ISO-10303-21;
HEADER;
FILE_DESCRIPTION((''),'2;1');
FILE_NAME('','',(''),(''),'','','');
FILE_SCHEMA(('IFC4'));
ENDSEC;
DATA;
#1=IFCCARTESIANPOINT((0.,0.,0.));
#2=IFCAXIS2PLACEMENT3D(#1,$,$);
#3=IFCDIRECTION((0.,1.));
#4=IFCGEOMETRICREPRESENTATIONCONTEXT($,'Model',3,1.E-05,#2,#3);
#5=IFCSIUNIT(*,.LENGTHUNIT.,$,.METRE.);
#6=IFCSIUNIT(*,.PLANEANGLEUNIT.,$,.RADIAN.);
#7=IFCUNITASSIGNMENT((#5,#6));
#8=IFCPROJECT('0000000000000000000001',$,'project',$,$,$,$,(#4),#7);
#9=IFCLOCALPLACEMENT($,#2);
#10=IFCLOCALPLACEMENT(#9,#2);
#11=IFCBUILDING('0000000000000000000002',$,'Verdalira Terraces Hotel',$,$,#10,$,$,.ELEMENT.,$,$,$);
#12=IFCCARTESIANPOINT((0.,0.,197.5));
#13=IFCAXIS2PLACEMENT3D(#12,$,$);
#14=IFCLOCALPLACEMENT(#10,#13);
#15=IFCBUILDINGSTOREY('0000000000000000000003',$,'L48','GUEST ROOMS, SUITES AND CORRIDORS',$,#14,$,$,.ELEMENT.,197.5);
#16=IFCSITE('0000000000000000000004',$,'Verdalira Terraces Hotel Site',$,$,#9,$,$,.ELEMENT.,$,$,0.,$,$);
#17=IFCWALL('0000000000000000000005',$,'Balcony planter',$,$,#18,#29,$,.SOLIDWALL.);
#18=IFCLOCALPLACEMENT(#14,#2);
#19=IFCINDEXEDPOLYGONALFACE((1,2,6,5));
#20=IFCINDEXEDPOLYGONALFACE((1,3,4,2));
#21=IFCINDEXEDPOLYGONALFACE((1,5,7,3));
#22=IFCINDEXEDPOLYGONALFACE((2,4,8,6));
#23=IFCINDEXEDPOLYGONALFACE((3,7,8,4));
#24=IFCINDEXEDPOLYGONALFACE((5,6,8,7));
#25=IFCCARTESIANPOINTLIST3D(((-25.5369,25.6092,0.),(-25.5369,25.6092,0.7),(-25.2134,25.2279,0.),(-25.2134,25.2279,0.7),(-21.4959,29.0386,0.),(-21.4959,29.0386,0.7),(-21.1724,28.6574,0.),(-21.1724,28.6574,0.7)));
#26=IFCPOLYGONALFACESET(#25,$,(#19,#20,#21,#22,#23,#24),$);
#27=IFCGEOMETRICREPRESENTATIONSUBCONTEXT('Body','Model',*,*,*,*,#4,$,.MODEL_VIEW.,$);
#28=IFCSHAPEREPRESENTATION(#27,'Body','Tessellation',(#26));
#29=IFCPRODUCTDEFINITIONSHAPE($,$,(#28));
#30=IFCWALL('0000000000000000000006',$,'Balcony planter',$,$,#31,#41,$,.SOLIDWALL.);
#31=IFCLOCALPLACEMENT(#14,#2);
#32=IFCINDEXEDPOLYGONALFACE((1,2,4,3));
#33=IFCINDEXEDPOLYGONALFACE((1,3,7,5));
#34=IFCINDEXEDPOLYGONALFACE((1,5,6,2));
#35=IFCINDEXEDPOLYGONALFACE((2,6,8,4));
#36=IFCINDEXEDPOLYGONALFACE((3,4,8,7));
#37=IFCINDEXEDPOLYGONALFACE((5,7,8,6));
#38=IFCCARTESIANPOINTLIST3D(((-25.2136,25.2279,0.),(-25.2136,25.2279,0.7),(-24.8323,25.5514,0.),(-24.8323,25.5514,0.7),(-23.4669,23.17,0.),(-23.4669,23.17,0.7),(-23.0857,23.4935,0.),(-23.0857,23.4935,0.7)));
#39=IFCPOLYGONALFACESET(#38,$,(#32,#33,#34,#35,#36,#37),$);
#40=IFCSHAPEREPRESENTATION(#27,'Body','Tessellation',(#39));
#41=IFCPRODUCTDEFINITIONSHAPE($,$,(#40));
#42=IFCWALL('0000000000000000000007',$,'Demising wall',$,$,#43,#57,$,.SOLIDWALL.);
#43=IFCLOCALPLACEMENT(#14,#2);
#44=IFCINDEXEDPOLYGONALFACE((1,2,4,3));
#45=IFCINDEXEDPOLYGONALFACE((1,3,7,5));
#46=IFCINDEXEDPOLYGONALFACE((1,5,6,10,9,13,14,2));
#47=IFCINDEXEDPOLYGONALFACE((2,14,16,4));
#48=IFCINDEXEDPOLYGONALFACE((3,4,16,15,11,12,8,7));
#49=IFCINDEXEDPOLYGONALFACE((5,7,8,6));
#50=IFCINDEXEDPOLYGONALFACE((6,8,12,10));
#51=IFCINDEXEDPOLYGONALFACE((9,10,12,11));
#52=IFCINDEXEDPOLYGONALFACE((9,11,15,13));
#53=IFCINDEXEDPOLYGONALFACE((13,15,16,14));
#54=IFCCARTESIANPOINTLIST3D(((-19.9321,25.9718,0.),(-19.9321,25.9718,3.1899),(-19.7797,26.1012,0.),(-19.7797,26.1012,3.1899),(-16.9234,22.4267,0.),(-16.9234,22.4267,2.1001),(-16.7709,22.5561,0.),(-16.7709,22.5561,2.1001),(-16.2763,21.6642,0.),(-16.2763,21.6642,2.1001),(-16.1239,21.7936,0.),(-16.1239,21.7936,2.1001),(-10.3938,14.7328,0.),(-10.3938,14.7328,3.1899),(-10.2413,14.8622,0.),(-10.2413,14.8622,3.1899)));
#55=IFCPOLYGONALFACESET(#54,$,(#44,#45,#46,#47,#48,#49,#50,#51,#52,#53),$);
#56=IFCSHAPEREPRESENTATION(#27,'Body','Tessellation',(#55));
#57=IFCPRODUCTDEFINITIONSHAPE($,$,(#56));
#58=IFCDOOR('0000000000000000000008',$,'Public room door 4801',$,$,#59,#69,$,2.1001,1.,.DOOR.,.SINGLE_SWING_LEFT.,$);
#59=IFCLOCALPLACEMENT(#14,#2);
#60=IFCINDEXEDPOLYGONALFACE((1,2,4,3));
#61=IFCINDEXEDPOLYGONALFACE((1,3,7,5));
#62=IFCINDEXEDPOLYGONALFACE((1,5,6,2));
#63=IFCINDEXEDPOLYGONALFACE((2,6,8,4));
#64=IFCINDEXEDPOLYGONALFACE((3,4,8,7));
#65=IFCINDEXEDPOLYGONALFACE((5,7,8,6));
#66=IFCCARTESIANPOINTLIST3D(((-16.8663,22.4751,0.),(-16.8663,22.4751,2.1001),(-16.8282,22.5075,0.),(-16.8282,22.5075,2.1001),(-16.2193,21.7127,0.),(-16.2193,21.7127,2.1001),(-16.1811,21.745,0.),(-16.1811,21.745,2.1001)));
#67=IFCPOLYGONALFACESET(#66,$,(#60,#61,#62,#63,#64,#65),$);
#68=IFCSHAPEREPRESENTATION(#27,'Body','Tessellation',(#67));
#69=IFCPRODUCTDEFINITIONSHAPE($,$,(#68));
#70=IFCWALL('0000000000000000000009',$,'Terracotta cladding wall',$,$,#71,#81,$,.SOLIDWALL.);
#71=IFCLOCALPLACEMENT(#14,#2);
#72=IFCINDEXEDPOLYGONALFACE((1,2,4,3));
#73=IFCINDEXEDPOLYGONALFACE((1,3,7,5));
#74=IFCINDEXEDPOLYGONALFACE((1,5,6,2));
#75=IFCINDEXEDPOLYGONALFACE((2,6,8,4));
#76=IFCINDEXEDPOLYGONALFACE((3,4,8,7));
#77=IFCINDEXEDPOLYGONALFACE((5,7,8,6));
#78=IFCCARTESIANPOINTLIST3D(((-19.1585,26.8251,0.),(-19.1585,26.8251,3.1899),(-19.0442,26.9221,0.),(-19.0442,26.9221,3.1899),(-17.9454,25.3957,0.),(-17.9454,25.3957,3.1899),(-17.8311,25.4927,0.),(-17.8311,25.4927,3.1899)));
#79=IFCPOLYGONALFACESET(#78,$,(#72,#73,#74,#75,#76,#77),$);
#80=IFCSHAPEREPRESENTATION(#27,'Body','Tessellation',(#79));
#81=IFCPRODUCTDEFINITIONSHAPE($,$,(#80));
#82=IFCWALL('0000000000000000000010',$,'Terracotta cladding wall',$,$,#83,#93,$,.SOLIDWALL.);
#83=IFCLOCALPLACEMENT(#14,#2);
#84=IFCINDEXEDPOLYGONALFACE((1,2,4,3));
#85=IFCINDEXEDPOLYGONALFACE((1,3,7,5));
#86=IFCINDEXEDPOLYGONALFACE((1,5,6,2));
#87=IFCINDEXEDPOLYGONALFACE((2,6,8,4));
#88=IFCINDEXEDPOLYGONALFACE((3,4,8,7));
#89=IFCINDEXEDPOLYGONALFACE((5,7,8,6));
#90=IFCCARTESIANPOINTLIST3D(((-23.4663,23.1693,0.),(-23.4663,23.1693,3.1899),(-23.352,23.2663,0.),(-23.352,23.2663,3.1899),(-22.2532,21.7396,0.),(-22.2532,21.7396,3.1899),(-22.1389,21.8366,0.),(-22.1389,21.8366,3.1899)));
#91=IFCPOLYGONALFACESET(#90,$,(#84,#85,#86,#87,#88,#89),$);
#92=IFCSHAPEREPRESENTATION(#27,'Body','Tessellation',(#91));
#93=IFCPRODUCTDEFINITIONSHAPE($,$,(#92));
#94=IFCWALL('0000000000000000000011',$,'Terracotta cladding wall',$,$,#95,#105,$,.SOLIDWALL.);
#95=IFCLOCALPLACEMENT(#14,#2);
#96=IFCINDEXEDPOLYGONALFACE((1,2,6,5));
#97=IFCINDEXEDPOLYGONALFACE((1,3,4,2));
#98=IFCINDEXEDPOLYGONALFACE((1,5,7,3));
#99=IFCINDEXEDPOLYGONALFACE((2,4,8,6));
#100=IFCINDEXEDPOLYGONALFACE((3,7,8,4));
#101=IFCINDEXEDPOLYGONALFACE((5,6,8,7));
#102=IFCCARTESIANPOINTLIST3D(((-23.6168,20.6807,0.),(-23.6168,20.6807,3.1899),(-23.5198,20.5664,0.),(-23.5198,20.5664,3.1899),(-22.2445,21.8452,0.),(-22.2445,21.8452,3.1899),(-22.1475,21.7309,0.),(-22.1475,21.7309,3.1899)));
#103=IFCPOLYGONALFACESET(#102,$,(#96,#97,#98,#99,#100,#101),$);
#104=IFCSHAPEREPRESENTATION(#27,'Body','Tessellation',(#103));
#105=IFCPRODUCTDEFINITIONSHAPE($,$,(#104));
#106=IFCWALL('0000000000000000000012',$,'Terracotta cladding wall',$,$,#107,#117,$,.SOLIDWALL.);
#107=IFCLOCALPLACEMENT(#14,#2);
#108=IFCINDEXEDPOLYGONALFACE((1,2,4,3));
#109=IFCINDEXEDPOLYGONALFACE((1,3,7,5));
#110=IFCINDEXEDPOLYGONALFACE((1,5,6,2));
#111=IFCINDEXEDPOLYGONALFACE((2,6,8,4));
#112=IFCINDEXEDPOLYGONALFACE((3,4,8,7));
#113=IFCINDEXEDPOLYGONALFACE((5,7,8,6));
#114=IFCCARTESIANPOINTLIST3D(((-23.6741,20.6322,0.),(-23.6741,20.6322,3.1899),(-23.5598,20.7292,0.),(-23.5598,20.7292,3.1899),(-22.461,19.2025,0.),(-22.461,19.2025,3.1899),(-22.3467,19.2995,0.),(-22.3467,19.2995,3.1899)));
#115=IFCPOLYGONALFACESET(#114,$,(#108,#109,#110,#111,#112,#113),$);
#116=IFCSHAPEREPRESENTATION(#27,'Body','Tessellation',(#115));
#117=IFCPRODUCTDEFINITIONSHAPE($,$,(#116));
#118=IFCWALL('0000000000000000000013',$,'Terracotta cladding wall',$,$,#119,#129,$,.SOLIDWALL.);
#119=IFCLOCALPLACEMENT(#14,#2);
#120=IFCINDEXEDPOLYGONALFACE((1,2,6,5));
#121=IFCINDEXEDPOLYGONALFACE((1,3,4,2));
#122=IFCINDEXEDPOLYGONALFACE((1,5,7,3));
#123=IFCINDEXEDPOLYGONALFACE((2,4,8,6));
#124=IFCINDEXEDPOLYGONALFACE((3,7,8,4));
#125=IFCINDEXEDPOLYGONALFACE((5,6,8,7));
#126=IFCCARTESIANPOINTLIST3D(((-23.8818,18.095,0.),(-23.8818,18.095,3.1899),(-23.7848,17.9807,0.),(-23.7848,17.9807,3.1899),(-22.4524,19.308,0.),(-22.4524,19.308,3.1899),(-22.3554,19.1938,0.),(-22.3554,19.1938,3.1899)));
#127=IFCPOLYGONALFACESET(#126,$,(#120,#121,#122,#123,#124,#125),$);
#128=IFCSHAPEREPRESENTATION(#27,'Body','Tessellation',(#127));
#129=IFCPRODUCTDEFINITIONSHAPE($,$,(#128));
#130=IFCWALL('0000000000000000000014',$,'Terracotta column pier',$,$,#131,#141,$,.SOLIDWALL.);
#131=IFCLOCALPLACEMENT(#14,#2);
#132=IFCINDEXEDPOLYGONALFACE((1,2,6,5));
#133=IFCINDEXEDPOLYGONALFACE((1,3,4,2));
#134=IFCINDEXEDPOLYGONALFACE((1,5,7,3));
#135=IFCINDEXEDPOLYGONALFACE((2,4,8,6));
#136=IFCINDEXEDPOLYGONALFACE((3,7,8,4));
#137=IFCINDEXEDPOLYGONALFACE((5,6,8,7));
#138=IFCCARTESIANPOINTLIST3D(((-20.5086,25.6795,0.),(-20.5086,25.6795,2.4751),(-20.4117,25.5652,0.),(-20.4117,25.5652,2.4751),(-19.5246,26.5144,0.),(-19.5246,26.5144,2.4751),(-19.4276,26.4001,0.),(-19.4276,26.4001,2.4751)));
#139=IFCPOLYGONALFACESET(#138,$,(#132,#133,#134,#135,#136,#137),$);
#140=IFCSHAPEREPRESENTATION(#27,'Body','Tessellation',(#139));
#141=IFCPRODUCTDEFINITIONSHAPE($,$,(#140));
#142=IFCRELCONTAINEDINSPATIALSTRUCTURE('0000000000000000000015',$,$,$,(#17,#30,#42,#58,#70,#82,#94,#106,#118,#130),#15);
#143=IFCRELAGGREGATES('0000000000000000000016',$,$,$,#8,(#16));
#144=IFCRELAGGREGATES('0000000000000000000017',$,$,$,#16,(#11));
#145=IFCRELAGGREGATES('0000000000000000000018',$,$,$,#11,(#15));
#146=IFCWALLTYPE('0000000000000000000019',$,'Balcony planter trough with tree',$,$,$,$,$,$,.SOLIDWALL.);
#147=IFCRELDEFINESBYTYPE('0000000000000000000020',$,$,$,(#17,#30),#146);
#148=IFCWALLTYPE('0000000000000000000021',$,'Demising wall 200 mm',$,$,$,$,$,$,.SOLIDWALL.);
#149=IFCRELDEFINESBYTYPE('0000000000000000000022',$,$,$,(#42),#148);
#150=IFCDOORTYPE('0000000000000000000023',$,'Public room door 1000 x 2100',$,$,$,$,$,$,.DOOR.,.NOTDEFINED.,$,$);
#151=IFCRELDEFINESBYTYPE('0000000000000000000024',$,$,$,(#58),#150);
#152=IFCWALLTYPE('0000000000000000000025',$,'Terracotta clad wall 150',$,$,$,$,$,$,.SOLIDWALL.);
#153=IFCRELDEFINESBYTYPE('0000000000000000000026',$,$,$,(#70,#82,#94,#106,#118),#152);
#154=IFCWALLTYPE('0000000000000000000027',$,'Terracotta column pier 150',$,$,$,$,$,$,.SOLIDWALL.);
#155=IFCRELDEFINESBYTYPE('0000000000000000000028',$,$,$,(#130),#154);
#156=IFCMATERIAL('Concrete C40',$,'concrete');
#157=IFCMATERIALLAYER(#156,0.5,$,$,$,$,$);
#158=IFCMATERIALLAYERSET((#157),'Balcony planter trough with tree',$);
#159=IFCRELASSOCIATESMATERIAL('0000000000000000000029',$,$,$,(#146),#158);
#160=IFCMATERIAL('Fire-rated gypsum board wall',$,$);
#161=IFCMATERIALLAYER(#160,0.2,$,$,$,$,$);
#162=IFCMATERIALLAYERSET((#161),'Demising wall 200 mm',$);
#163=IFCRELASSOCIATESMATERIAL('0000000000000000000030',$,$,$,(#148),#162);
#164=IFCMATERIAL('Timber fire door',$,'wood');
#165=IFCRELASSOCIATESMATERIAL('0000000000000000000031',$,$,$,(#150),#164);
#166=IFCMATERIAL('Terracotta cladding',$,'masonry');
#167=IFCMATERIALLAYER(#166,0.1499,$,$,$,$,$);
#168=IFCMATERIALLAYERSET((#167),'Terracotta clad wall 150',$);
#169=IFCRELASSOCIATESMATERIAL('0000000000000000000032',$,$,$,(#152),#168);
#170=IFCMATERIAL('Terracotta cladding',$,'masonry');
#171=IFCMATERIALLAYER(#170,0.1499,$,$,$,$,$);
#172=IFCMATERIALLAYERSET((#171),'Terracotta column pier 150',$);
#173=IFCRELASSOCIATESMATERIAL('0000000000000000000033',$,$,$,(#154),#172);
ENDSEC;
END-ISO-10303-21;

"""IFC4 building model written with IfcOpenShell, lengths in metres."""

from ifc_helpers import new_model, si_unit, direction, frame, frame_2d, origin, place, context, subcontext, project, spatial, rectangle, extrude, material, layer, layer_set, type_object, element, fill, save


model = new_model("IFC4")

# Units and contexts
model_context = context("Model", 3, precision=1e-05, world=origin(), true_north=direction((0.0, 1.0)))
body_context = subcontext(model_context, "Body", "Model", "MODEL_VIEW")
ifc_project = project(units=[si_unit("LENGTHUNIT", "METRE"), si_unit("PLANEANGLEUNIT", "RADIAN")], contexts=[model_context])

# Site, building, storey
site_placement = place(None, origin())
site = spatial("IfcSite", under=ifc_project, at=site_placement, Name="Verdalira Terraces Hotel Site", CompositionType="ELEMENT", RefElevation=0.0)
building_placement = place(site_placement, origin())
building = spatial("IfcBuilding", under=site, at=building_placement, Name="Verdalira Terraces Hotel", CompositionType="ELEMENT")
storey_placement = place(building_placement, frame((0.0, 0.0, 197.5)))
storey = spatial("IfcBuildingStorey", under=building, at=storey_placement, Name="L48", Description="GUEST ROOMS, SUITES AND CORRIDORS", CompositionType="ELEMENT", Elevation=197.5)

# Walls
ifc_material_1 = material(Name="Concrete C40", Category="concrete")
ifc_layer_1 = layer(ifc_material_1, 0.5)
ifc_layer_set_1 = layer_set([ifc_layer_1], Name="Balcony planter trough with tree")
wall_type_1 = type_object("IfcWallType", Name="Balcony planter trough with tree", PredefinedType="SOLIDWALL", material=ifc_layer_set_1)
wall_1_placement = place(storey_placement, frame((-21.3342, 28.8479, 0.0), z_axis=(0.0, 0.0, 1.0), x_axis=(-0.762444, -0.647055, 0.0)))
element("IfcWall", 1, at=wall_1_placement, inside=storey, type_object=wall_type_1, Name="Balcony planter", PredefinedType="SOLIDWALL", context=body_context, shape_type="SweptSolid", body=[
    extrude(rectangle(XDim=5.3, YDim=0.5, at=frame_2d((2.6499, 0.0))), origin(), (0.0, 0.0, 1.0), 0.7),
])
wall_2_placement = place(storey_placement, frame((-25.0229, 25.3896, 0.0), z_axis=(0.0, 0.0, 1.0), x_axis=(0.647089, -0.762414, 0.0)))
element("IfcWall", 2, at=wall_2_placement, inside=storey, type_object=wall_type_1, Name="Balcony planter", PredefinedType="SOLIDWALL", context=body_context, shape_type="SweptSolid", body=[
    extrude(rectangle(XDim=2.6992, YDim=0.5, at=frame_2d((1.3496, 0.0))), origin(), (0.0, 0.0, 1.0), 0.7),
])

# Wall, opening, door
ifc_material_2 = material(Name="Fire-rated gypsum board wall")
ifc_layer_2 = layer(ifc_material_2, 0.2)
ifc_layer_set_2 = layer_set([ifc_layer_2], Name="Demising wall 200 mm")
wall_type_2 = type_object("IfcWallType", Name="Demising wall 200 mm", PredefinedType="SOLIDWALL", material=ifc_layer_set_2)
wall_3_placement = place(storey_placement, frame((-19.856, 26.0366, 0.0), z_axis=(0.0, 0.0, 1.0), x_axis=(0.647064, -0.762436, 0.0)))
wall_3 = element("IfcWall", 3, at=wall_3_placement, inside=storey, type_object=wall_type_2, Name="Demising wall", PredefinedType="SOLIDWALL", context=body_context, shape_type="SweptSolid", body=[
    extrude(rectangle(XDim=14.741, YDim=0.2, at=frame_2d((7.3706, 0.0))), origin(), (0.0, 0.0, 1.0), 3.1899),
])
opening_1_placement = place(wall_3_placement, frame((4.6499, 0.0, 0.0)))
opening_1 = element("IfcOpeningElement", 4, at=opening_1_placement, cuts=wall_3, PredefinedType="OPENING", context=body_context, shape_type="SweptSolid", body=[
    extrude(rectangle(XDim=1.0, YDim=2.1001, at=frame_2d((0.5, 1.05))), frame((0.0, 0.1099, 0.0), z_axis=(0.0, -1.0, 0.0), x_axis=(1.0, 0.0, 0.0)), (0.0, 0.0, 1.0), 0.22),
])
ifc_material_3 = material(Name="Timber fire door", Category="wood")
door_type_1 = type_object("IfcDoorType", Name="Public room door 1000 x 2100", OperationType="NOTDEFINED", PredefinedType="DOOR", material=ifc_material_3)
door_1_placement = place(opening_1_placement, origin())
door_1 = element("IfcDoor", 5, at=door_1_placement, inside=storey, type_object=door_type_1, Name="Public room door 4801", OperationType="SINGLE_SWING_LEFT", OverallHeight=2.1001, OverallWidth=1.0, PredefinedType="DOOR", context=body_context, shape_type="SweptSolid", body=[
    extrude(rectangle(XDim=1.0, YDim=2.1001, at=frame_2d((0.5, 1.05))), frame((0.0, 0.0249, 0.0), z_axis=(0.0, -1.0, 0.0), x_axis=(1.0, 0.0, 0.0)), (0.0, 0.0, 1.0), 0.05),
])
fill(opening_1, door_1)

# Walls
ifc_material_4 = material(Name="Terracotta cladding", Category="masonry")
ifc_layer_3 = layer(ifc_material_4, 0.1499)
ifc_layer_set_3 = layer_set([ifc_layer_3], Name="Terracotta clad wall 150")
wall_type_3 = type_object("IfcWallType", Name="Terracotta clad wall 150", PredefinedType="SOLIDWALL", material=ifc_layer_set_3)
wall_4_placement = place(storey_placement, frame((-17.8882, 25.4441, 0.0), z_axis=(0.0, 0.0, 1.0), x_axis=(-0.647062, 0.762437, 0.0)))
element("IfcWall", 6, at=wall_4_placement, inside=storey, type_object=wall_type_3, Name="Terracotta cladding wall", PredefinedType="SOLIDWALL", context=body_context, shape_type="SweptSolid", body=[
    extrude(rectangle(XDim=1.8748, YDim=0.1499, at=frame_2d((0.9375, 0.0))), origin(), (0.0, 0.0, 1.0), 3.1899),
])
wall_5_placement = place(storey_placement, frame((-23.4092, 23.2178, 0.0), z_axis=(0.0, 0.0, 1.0), x_axis=(0.646998, -0.762492, 0.0)))
element("IfcWall", 7, at=wall_5_placement, inside=storey, type_object=wall_type_3, Name="Terracotta cladding wall", PredefinedType="SOLIDWALL", context=body_context, shape_type="SweptSolid", body=[
    extrude(rectangle(XDim=1.875, YDim=0.1499, at=frame_2d((0.9375, 0.0))), origin(), (0.0, 0.0, 1.0), 3.1899),
])
wall_6_placement = place(storey_placement, frame((-22.196, 21.7881, 0.0), z_axis=(0.0, 0.0, 1.0), x_axis=(-0.762465, -0.64703, 0.0)))
element("IfcWall", 8, at=wall_6_placement, inside=storey, type_object=wall_type_3, Name="Terracotta cladding wall", PredefinedType="SOLIDWALL", context=body_context, shape_type="SweptSolid", body=[
    extrude(rectangle(XDim=1.7998, YDim=0.1499, at=frame_2d((0.8999, 0.0))), origin(), (0.0, 0.0, 1.0), 3.1899),
])
wall_7_placement = place(storey_placement, frame((-23.6169, 20.6807, 0.0), z_axis=(0.0, 0.0, 1.0), x_axis=(0.646998, -0.762492, 0.0)))
element("IfcWall", 9, at=wall_7_placement, inside=storey, type_object=wall_type_3, Name="Terracotta cladding wall", PredefinedType="SOLIDWALL", context=body_context, shape_type="SweptSolid", body=[
    extrude(rectangle(XDim=1.875, YDim=0.1499, at=frame_2d((0.9375, 0.0))), origin(), (0.0, 0.0, 1.0), 3.1899),
])
wall_8_placement = place(storey_placement, frame((-22.4038, 19.251, 0.0), z_axis=(0.0, 0.0, 1.0), x_axis=(-0.762437, -0.647062, 0.0)))
element("IfcWall", 10, at=wall_8_placement, inside=storey, type_object=wall_type_3, Name="Terracotta cladding wall", PredefinedType="SOLIDWALL", context=body_context, shape_type="SweptSolid", body=[
    extrude(rectangle(XDim=1.8748, YDim=0.1499, at=frame_2d((0.9375, 0.0))), origin(), (0.0, 0.0, 1.0), 3.1899),
])
ifc_material_5 = material(Name="Terracotta cladding", Category="masonry")
ifc_layer_4 = layer(ifc_material_5, 0.1499)
ifc_layer_set_4 = layer_set([ifc_layer_4], Name="Terracotta column pier 150")
wall_type_4 = type_object("IfcWallType", Name="Terracotta column pier 150", PredefinedType="SOLIDWALL", material=ifc_layer_set_4)
wall_9_placement = place(storey_placement, frame((-19.4761, 26.4573, 0.0), z_axis=(0.0, 0.0, 1.0), x_axis=(-0.762532, -0.646951, 0.0)))
element("IfcWall", 11, at=wall_9_placement, inside=storey, type_object=wall_type_4, Name="Terracotta column pier", PredefinedType="SOLIDWALL", context=body_context, shape_type="SweptSolid", body=[
    extrude(rectangle(XDim=1.2905, YDim=0.1499, at=frame_2d((0.6453, 0.0))), origin(), (0.0, 0.0, 1.0), 2.4751),
])

save(model, "model.ifc")
